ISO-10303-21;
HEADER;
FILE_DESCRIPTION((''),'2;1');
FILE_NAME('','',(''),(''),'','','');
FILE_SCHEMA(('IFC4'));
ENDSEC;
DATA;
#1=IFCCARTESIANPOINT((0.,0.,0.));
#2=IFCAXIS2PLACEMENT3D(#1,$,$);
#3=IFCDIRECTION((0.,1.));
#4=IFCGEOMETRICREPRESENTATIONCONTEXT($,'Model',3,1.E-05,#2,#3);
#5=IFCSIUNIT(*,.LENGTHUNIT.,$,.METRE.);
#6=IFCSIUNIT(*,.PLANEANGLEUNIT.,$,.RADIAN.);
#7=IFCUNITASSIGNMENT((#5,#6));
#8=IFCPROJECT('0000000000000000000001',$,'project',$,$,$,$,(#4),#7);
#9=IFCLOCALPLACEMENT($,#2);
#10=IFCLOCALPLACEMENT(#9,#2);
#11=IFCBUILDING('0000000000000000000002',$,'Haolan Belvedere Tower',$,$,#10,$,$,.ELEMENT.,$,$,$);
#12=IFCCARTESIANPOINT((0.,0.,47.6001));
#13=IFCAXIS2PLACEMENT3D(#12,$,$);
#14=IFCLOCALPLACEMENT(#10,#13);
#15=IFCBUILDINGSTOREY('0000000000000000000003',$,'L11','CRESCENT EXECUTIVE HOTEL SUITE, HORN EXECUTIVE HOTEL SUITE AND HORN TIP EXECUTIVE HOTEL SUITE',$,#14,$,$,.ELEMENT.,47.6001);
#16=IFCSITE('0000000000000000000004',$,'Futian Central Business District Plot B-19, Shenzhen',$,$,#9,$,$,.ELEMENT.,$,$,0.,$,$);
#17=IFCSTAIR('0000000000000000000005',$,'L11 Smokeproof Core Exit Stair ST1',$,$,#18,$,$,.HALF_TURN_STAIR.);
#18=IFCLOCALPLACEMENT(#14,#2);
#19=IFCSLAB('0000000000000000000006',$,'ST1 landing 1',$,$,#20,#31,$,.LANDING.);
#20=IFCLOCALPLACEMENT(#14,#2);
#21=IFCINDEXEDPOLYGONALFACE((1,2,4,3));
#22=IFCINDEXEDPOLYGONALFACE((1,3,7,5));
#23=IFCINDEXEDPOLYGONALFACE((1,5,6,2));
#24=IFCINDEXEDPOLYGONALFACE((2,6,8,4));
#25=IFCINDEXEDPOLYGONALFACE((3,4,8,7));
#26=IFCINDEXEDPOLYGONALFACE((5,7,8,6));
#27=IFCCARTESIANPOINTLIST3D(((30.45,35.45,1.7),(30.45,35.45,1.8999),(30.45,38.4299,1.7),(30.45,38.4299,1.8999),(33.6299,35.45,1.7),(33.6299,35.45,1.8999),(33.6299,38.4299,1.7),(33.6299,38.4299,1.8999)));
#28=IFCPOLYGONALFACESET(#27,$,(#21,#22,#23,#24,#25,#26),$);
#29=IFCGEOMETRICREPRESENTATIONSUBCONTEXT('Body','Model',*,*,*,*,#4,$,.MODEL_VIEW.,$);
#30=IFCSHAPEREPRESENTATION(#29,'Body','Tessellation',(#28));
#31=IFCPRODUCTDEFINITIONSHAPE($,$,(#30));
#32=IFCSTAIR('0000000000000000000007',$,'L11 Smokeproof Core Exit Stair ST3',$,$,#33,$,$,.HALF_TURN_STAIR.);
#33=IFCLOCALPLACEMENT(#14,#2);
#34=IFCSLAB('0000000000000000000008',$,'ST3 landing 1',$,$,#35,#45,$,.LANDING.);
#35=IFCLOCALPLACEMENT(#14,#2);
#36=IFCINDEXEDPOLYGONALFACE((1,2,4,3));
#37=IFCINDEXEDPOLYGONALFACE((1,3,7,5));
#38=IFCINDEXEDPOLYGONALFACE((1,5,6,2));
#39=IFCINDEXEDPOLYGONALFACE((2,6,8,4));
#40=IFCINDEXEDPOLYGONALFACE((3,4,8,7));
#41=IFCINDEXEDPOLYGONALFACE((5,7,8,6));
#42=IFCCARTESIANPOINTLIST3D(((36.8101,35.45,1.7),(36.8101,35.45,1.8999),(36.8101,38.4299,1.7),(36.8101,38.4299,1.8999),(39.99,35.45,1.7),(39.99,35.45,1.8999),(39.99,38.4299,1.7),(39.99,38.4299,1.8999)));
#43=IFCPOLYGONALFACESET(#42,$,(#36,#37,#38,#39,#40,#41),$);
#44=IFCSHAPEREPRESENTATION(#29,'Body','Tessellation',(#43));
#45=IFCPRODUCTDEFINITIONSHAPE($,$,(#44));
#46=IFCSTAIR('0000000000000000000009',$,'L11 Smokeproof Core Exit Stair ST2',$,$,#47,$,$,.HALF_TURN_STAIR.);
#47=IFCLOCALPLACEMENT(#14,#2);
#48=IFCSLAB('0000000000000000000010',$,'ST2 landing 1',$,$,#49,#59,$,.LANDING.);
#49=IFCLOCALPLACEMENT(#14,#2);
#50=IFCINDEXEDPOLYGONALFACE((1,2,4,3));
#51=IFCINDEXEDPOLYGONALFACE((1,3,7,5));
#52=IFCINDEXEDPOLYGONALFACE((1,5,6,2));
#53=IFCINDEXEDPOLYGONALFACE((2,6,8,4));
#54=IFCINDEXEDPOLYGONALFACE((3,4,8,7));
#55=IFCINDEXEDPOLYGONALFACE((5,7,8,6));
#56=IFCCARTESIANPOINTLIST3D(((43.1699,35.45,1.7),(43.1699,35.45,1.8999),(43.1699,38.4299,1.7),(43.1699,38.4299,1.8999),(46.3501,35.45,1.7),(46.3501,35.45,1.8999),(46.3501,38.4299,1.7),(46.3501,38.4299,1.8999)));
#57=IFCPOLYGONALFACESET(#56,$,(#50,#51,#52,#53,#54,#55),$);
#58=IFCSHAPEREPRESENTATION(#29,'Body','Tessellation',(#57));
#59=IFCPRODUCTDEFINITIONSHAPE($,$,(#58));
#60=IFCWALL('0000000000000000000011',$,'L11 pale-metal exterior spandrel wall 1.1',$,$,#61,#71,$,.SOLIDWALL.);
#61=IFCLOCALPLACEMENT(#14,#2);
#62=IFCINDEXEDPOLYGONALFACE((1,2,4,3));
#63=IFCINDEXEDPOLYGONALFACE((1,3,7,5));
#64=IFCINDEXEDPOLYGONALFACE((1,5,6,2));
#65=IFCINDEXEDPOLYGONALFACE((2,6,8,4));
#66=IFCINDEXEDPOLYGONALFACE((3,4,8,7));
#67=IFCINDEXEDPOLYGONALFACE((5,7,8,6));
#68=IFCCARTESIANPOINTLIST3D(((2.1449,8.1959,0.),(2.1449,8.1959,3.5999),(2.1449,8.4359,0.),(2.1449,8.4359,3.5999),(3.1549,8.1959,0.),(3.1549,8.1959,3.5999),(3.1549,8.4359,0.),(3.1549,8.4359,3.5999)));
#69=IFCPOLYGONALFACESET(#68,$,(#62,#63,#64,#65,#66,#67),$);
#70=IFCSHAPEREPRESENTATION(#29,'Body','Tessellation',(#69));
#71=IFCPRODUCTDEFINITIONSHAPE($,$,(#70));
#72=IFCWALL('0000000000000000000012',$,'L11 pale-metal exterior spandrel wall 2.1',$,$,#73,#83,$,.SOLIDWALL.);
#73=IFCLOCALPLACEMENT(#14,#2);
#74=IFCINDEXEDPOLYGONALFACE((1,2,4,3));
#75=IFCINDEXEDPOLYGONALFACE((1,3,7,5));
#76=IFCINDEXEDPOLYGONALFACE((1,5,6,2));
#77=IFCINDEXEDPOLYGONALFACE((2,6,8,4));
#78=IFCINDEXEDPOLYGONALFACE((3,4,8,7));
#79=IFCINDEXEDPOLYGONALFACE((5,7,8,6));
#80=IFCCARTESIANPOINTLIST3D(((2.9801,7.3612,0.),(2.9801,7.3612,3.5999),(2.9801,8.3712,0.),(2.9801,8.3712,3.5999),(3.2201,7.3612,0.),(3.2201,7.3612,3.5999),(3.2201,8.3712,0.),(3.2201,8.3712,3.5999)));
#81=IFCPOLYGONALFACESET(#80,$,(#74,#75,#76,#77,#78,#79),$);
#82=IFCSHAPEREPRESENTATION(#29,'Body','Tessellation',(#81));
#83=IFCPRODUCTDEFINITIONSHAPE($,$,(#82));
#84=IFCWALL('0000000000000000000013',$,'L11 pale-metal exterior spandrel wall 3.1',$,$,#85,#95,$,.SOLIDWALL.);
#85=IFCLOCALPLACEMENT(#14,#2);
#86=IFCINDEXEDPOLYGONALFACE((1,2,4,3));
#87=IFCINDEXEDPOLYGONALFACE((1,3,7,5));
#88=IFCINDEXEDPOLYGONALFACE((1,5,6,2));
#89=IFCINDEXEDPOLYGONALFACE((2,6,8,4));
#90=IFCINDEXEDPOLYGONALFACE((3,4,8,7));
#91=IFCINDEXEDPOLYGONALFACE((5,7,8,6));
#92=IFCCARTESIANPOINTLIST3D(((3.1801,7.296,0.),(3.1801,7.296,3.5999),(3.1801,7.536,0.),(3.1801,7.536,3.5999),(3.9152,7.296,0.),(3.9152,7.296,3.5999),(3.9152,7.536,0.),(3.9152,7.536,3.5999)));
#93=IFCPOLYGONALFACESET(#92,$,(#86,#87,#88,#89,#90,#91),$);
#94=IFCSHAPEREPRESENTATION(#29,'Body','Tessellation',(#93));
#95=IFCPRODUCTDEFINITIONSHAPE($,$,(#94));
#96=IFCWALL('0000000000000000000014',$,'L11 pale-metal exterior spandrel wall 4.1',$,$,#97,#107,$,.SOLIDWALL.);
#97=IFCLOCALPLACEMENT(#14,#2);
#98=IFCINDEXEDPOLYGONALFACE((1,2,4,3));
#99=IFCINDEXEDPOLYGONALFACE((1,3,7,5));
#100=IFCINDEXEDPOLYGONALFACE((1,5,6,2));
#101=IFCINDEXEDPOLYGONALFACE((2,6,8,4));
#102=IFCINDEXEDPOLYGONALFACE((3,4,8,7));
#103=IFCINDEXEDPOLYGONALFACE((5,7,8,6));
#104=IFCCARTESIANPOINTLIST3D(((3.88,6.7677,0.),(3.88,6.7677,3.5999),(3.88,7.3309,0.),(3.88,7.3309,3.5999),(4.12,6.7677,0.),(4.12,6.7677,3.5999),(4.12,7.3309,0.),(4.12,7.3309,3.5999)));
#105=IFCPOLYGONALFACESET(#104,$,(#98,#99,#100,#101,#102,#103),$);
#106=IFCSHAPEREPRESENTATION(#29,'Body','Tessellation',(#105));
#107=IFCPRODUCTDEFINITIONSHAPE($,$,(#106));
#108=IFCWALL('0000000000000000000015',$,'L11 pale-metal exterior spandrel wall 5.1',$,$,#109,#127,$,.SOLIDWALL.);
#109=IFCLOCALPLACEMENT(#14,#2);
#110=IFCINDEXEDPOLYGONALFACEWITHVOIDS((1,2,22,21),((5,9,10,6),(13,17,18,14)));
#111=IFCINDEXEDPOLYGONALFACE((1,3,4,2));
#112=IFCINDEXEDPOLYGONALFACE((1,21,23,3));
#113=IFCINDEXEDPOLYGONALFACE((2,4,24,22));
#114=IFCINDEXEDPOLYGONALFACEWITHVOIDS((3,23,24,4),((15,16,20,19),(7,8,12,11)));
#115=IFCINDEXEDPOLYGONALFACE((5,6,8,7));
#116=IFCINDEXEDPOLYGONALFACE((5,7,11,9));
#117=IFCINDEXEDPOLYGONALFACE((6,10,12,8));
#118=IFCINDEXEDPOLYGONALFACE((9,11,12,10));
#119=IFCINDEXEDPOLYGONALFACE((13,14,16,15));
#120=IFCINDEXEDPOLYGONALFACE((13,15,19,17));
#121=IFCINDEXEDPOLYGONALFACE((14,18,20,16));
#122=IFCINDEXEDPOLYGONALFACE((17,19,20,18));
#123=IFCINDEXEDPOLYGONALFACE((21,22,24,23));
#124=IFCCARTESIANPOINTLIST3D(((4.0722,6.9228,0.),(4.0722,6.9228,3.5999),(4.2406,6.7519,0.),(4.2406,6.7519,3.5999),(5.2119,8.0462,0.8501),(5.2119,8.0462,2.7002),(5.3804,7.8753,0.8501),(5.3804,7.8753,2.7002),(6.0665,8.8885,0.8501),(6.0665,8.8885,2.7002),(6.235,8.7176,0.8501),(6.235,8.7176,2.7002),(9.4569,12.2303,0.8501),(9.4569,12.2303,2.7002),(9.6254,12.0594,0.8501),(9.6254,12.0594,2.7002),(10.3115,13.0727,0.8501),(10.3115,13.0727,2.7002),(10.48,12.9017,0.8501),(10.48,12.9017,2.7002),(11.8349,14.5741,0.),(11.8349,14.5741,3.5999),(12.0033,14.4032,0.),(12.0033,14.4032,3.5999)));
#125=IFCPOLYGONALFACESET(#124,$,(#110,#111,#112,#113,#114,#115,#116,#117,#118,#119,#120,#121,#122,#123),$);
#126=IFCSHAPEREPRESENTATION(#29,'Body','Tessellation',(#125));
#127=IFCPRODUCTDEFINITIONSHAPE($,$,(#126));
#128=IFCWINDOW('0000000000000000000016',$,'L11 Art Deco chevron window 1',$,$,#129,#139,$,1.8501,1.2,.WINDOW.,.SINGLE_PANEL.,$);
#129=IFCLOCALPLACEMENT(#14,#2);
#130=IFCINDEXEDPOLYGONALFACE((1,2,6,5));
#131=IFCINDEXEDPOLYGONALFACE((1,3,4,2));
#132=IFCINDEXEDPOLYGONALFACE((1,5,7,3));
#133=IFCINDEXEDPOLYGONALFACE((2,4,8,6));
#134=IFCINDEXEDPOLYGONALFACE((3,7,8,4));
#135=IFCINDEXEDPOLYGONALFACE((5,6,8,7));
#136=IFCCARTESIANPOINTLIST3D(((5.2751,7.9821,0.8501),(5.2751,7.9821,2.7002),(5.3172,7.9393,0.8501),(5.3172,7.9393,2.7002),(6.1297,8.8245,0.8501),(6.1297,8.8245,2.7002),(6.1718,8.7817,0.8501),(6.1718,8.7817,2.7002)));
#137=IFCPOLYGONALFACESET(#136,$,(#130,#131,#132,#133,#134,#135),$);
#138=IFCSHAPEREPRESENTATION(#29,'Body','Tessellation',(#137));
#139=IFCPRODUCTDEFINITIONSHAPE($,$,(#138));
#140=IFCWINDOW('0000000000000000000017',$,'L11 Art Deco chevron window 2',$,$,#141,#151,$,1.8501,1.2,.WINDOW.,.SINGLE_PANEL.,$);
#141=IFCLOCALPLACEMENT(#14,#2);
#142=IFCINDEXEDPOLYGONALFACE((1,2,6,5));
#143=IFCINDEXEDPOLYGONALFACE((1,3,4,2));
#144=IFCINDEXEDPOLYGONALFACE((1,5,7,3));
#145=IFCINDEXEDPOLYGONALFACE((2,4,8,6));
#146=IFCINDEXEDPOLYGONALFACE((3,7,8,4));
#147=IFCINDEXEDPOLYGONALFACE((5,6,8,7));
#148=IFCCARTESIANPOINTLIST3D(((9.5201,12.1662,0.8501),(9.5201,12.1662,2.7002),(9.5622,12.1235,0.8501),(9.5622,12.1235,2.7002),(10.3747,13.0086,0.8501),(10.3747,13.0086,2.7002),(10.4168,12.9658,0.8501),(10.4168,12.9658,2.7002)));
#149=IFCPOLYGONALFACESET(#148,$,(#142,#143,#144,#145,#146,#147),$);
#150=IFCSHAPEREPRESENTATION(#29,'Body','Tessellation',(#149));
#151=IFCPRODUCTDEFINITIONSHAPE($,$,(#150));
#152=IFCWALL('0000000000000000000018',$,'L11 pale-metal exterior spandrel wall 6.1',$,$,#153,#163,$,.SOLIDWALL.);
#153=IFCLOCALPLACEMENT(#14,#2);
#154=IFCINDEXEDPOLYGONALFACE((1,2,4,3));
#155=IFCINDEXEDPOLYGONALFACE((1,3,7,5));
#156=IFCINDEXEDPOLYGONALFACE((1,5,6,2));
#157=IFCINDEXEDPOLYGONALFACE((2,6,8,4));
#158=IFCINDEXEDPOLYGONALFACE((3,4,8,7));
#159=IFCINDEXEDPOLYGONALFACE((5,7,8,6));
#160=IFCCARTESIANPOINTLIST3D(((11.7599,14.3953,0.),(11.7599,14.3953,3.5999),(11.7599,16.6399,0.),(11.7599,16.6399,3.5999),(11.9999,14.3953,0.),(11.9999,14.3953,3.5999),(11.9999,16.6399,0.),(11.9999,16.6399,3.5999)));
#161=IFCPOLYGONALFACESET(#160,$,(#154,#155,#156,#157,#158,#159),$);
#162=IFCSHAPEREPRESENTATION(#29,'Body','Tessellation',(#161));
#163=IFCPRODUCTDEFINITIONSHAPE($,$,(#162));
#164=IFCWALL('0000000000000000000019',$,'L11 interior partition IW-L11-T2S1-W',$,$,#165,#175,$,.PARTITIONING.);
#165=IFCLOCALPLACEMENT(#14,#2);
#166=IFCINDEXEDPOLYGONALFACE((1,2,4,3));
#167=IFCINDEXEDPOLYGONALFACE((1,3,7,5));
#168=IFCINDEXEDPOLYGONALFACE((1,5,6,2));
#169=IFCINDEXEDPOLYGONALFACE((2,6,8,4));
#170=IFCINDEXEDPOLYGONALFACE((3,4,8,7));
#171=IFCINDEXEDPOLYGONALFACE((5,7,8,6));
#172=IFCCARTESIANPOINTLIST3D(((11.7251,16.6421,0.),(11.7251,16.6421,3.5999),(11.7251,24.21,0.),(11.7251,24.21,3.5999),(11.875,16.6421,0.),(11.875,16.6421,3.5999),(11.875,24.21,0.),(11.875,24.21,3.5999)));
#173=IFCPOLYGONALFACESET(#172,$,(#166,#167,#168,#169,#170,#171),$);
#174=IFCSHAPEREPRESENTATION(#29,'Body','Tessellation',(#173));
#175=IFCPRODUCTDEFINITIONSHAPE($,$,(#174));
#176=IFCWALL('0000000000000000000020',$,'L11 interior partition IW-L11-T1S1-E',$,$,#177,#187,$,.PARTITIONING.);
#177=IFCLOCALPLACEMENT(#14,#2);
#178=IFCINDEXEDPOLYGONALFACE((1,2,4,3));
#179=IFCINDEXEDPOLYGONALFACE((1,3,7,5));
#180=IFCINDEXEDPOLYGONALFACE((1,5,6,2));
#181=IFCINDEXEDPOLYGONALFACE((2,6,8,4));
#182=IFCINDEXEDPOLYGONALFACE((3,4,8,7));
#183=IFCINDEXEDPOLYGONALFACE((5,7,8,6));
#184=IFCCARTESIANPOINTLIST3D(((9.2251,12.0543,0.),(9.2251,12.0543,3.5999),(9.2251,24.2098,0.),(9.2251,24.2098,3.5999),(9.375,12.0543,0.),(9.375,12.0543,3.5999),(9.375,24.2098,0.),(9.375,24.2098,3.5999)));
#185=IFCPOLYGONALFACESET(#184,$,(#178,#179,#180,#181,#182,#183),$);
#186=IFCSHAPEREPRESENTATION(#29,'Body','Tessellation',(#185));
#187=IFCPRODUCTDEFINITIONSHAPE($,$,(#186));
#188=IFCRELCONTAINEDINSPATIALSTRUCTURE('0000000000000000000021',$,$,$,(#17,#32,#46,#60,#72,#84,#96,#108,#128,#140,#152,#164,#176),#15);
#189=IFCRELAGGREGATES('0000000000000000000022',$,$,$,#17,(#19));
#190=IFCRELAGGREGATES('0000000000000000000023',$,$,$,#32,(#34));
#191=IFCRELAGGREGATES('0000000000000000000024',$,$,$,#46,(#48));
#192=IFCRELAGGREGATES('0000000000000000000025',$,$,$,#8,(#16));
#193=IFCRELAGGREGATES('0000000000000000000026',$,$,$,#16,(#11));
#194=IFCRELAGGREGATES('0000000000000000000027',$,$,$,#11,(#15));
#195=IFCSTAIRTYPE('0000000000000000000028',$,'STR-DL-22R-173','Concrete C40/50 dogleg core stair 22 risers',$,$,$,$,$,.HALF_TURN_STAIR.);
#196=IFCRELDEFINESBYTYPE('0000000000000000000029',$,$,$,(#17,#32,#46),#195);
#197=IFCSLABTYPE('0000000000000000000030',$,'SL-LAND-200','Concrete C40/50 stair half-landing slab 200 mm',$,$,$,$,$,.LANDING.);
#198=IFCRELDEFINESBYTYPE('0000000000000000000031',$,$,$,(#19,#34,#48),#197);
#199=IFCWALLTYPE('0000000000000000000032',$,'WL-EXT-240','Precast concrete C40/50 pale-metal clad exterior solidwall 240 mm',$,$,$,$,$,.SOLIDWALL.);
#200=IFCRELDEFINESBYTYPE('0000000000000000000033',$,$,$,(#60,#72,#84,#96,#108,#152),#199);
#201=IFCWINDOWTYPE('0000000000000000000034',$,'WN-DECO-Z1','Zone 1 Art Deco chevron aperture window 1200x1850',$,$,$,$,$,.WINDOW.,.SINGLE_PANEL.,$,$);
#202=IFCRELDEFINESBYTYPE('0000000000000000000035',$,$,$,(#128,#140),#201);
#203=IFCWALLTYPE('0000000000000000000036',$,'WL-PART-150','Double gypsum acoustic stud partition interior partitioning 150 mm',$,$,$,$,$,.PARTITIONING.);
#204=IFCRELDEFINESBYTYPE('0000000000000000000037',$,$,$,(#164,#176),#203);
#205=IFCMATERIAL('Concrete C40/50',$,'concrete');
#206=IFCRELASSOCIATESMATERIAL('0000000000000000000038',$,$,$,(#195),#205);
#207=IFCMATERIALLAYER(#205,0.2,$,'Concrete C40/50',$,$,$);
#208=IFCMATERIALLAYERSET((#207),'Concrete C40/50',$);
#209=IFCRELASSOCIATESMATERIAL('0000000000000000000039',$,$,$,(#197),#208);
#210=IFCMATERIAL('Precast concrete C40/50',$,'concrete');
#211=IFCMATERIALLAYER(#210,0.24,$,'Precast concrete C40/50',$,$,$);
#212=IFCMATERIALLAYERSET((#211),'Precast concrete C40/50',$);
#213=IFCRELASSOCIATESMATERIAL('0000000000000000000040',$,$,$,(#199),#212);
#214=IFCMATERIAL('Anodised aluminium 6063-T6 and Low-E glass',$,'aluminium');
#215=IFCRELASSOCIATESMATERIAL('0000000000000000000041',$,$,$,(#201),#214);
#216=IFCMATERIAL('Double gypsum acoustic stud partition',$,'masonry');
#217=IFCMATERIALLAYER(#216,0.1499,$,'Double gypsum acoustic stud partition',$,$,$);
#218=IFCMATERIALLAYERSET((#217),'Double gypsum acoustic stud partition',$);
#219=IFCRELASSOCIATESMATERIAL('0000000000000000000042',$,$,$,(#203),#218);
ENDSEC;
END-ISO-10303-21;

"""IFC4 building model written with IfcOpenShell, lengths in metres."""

from ifc_helpers import new_model, si_unit, direction, frame, frame_2d, origin, place, context, subcontext, project, spatial, polyline, rectangle, outline, extrude, material, layer, layer_set, type_object, element, fill, aggregate, save


model = new_model("IFC4")

# Units and contexts
model_context = context("Model", 3, precision=1e-05, world=origin(), true_north=direction((0.0, 1.0)))
body_context = subcontext(model_context, "Body", "Model", "MODEL_VIEW")
ifc_project = project(units=[si_unit("LENGTHUNIT", "METRE"), si_unit("PLANEANGLEUNIT", "RADIAN")], contexts=[model_context])

# Site, building, storey
site_placement = place(None, origin())
site = spatial("IfcSite", under=ifc_project, at=site_placement, Name="Futian Central Business District Plot B-19, Shenzhen", CompositionType="ELEMENT", RefElevation=0.0)
building_placement = place(site_placement, origin())
building = spatial("IfcBuilding", under=site, at=building_placement, Name="Haolan Belvedere Tower", CompositionType="ELEMENT")
storey_placement = place(building_placement, frame((0.0, 0.0, 47.6001)))
storey = spatial("IfcBuildingStorey", under=building, at=storey_placement, Name="L11", Description="CRESCENT EXECUTIVE HOTEL SUITE, HORN EXECUTIVE HOTEL SUITE AND HORN TIP EXECUTIVE HOTEL SUITE", CompositionType="ELEMENT", Elevation=47.6001)

# Shared definitions
ifc_material_1 = material(Name="Concrete C40/50", Category="concrete")

# Stairs, slabs
stair_type = type_object("IfcStairType", Name="STR-DL-22R-173", Description="Concrete C40/50 dogleg core stair 22 risers", PredefinedType="HALF_TURN_STAIR", material=ifc_material_1)
stair_1_placement = place(storey_placement, origin())
stair_1 = element("IfcStair", 1, at=stair_1_placement, inside=storey, type_object=stair_type, Name="L11 Smokeproof Core Exit Stair ST1", PredefinedType="HALF_TURN_STAIR")
ifc_layer_1 = layer(ifc_material_1, 0.2, Name="Concrete C40/50")
ifc_layer_set_1 = layer_set([ifc_layer_1], Name="Concrete C40/50")
slab_type_1 = type_object("IfcSlabType", Name="SL-LAND-200", Description="Concrete C40/50 stair half-landing slab 200 mm", PredefinedType="LANDING", material=ifc_layer_set_1)
slab_1_placement = place(storey_placement, frame((0.0, 0.0, 1.7)))
slab_1 = element("IfcSlab", 2, at=slab_1_placement, type_object=slab_type_1, Name="ST1 landing 1", PredefinedType="LANDING", context=body_context, shape_type="SweptSolid", body=[
    extrude(outline(polyline([(30.45, 38.4299), (30.45, 35.45), (33.6299, 35.45), (33.6299, 38.4299), (30.45, 38.4299)])), origin(), (0.0, 0.0, 1.0), 0.2),
])
aggregate(stair_1, [slab_1])
stair_2_placement = place(storey_placement, origin())
stair_2 = element("IfcStair", 3, at=stair_2_placement, inside=storey, type_object=stair_type, Name="L11 Smokeproof Core Exit Stair ST3", PredefinedType="HALF_TURN_STAIR")
slab_2_placement = place(storey_placement, frame((0.0, 0.0, 1.7)))
slab_2 = element("IfcSlab", 4, at=slab_2_placement, type_object=slab_type_1, Name="ST3 landing 1", PredefinedType="LANDING", context=body_context, shape_type="SweptSolid", body=[
    extrude(outline(polyline([(36.8101, 38.4299), (36.8101, 35.45), (39.99, 35.45), (39.99, 38.4299), (36.8101, 38.4299)])), origin(), (0.0, 0.0, 1.0), 0.2),
])
aggregate(stair_2, [slab_2])
stair_3_placement = place(storey_placement, origin())
stair_3 = element("IfcStair", 5, at=stair_3_placement, inside=storey, type_object=stair_type, Name="L11 Smokeproof Core Exit Stair ST2", PredefinedType="HALF_TURN_STAIR")
slab_3_placement = place(storey_placement, frame((0.0, 0.0, 1.7)))
slab_3 = element("IfcSlab", 6, at=slab_3_placement, type_object=slab_type_1, Name="ST2 landing 1", PredefinedType="LANDING", context=body_context, shape_type="SweptSolid", body=[
    extrude(outline(polyline([(43.1699, 38.4299), (43.1699, 35.45), (46.3501, 35.45), (46.3501, 38.4299), (43.1699, 38.4299)])), origin(), (0.0, 0.0, 1.0), 0.2),
])
aggregate(stair_3, [slab_3])

# Walls
ifc_material_2 = material(Name="Precast concrete C40/50", Category="concrete")
ifc_layer_2 = layer(ifc_material_2, 0.24, Name="Precast concrete C40/50")
ifc_layer_set_2 = layer_set([ifc_layer_2], Name="Precast concrete C40/50")
wall_type_1 = type_object("IfcWallType", Name="WL-EXT-240", Description="Precast concrete C40/50 pale-metal clad exterior solidwall 240 mm", PredefinedType="SOLIDWALL", material=ifc_layer_set_2)
for number, where, z_axis, x_axis, name in (
    (7, (2.145, 8.3159, 0.0), (0.0, 0.0, 1.0), (1.0, 0.0, 0.0), "L11 pale-metal exterior spandrel wall 1.1"),
    (8, (3.1001, 8.3711, 0.0), (0.0, 0.0, 1.0), (0.0, -1.0, 0.0), "L11 pale-metal exterior spandrel wall 2.1"),
):
    element("IfcWall", number, at=place(storey_placement, frame(where, z_axis=z_axis, x_axis=x_axis)), inside=storey, type_object=wall_type_1, Name=name, PredefinedType="SOLIDWALL", context=body_context, shape_type="SweptSolid", body=[
        extrude(rectangle(XDim=1.01, YDim=0.24, at=frame_2d((0.5049, 0.0))), origin(), (0.0, 0.0, 1.0), 3.5999),
    ])
wall_1_placement = place(storey_placement, frame((3.1799, 7.416, 0.0), z_axis=(0.0, 0.0, 1.0), x_axis=(1.0, 0.0, 0.0)))
element("IfcWall", 9, at=wall_1_placement, inside=storey, type_object=wall_type_1, Name="L11 pale-metal exterior spandrel wall 3.1", PredefinedType="SOLIDWALL", context=body_context, shape_type="SweptSolid", body=[
    extrude(rectangle(XDim=0.7351, YDim=0.24, at=frame_2d((0.3677, 0.0))), origin(), (0.0, 0.0, 1.0), 3.5999),
])
wall_2_placement = place(storey_placement, frame((4.0, 7.3311, 0.0), z_axis=(0.0, 0.0, 1.0), x_axis=(0.0, -1.0, 0.0)))
element("IfcWall", 10, at=wall_2_placement, inside=storey, type_object=wall_type_1, Name="L11 pale-metal exterior spandrel wall 4.1", PredefinedType="SOLIDWALL", context=body_context, shape_type="SweptSolid", body=[
    extrude(rectangle(XDim=0.5632, YDim=0.24, at=frame_2d((0.2817, 0.0))), origin(), (0.0, 0.0, 1.0), 3.5999),
])

# Wall, openings, windows
wall_3_placement = place(storey_placement, frame((4.1565, 6.8374, 0.0), z_axis=(0.0, 0.0, 1.0), x_axis=(0.712195, 0.701981, 0.0)))
wall_3 = element("IfcWall", 11, at=wall_3_placement, inside=storey, type_object=wall_type_1, Name="L11 pale-metal exterior spandrel wall 5.1", PredefinedType="SOLIDWALL", context=body_context, shape_type="SweptSolid", body=[
    extrude(rectangle(XDim=10.8997, YDim=0.24, at=frame_2d((5.4497, 0.0))), origin(), (0.0, 0.0, 1.0), 3.5999),
])
opening_1_placement = place(wall_3_placement, frame((1.6001, 0.0, 0.8501)))
opening_1 = element("IfcOpeningElement", 12, at=opening_1_placement, cuts=wall_3, PredefinedType="OPENING", context=body_context, shape_type="SweptSolid", body=[
    extrude(rectangle(XDim=1.2, YDim=1.8501, at=frame_2d((0.6001, 0.925))), frame((0.0, 0.1299, 0.0), z_axis=(0.0, -1.0, 0.0), x_axis=(1.0, 0.0, 0.0)), (0.0, 0.0, 1.0), 0.26),
])
opening_2_placement = place(wall_3_placement, frame((7.5605, 0.0, 0.8501)))
opening_2 = element("IfcOpeningElement", 13, at=opening_2_placement, cuts=wall_3, PredefinedType="OPENING", context=body_context, shape_type="SweptSolid", body=[
    extrude(rectangle(XDim=1.2, YDim=1.8501, at=frame_2d((0.6001, 0.925))), frame((0.0, 0.1299, 0.0), z_axis=(0.0, -1.0, 0.0), x_axis=(1.0, 0.0, 0.0)), (0.0, 0.0, 1.0), 0.26),
])
ifc_material_3 = material(Name="Anodised aluminium 6063-T6 and Low-E glass", Category="aluminium")
window_type = type_object("IfcWindowType", Name="WN-DECO-Z1", Description="Zone 1 Art Deco chevron aperture window 1200x1850", PartitioningType="SINGLE_PANEL", PredefinedType="WINDOW", material=ifc_material_3)
window_1_placement = place(opening_1_placement, origin())
window_1 = element("IfcWindow", 14, at=window_1_placement, inside=storey, type_object=window_type, Name="L11 Art Deco chevron window 1", OverallHeight=1.8501, OverallWidth=1.2, PartitioningType="SINGLE_PANEL", PredefinedType="WINDOW", context=body_context, shape_type="SweptSolid", body=[
    extrude(rectangle(XDim=1.2, YDim=1.8501, at=frame_2d((0.6001, 0.925))), frame((0.0, 0.03, 0.0), z_axis=(0.0, -1.0, 0.0), x_axis=(1.0, 0.0, 0.0)), (0.0, 0.0, 1.0), 0.0601),
])
fill(opening_1, window_1)
window_2_placement = place(opening_2_placement, origin())
window_2 = element("IfcWindow", 15, at=window_2_placement, inside=storey, type_object=window_type, Name="L11 Art Deco chevron window 2", OverallHeight=1.8501, OverallWidth=1.2, PartitioningType="SINGLE_PANEL", PredefinedType="WINDOW", context=body_context, shape_type="SweptSolid", body=[
    extrude(rectangle(XDim=1.2, YDim=1.8501, at=frame_2d((0.6001, 0.925))), frame((0.0, 0.03, 0.0), z_axis=(0.0, -1.0, 0.0), x_axis=(1.0, 0.0, 0.0)), (0.0, 0.0, 1.0), 0.0601),
])
fill(opening_2, window_2)

# Walls
wall_4_placement = place(storey_placement, frame((11.8799, 14.3953, 0.0), z_axis=(0.0, 0.0, 1.0), x_axis=(0.0, 1.0, 0.0)))
element("IfcWall", 16, at=wall_4_placement, inside=storey, type_object=wall_type_1, Name="L11 pale-metal exterior spandrel wall 6.1", PredefinedType="SOLIDWALL", context=body_context, shape_type="SweptSolid", body=[
    extrude(rectangle(XDim=2.2446, YDim=0.24, at=frame_2d((1.1223, 0.0))), origin(), (0.0, 0.0, 1.0), 3.5999),
])
ifc_material_4 = material(Name="Double gypsum acoustic stud partition", Category="masonry")
ifc_layer_3 = layer(ifc_material_4, 0.1499, Name="Double gypsum acoustic stud partition")
ifc_layer_set_3 = layer_set([ifc_layer_3], Name="Double gypsum acoustic stud partition")
wall_type_2 = type_object("IfcWallType", Name="WL-PART-150", Description="Double gypsum acoustic stud partition interior partitioning 150 mm", PredefinedType="PARTITIONING", material=ifc_layer_set_3)
wall_5_placement = place(storey_placement, frame((11.8, 16.6421, 0.0), z_axis=(0.0, 0.0, 1.0), x_axis=(0.0, 1.0, 0.0)))
element("IfcWall", 17, at=wall_5_placement, inside=storey, type_object=wall_type_2, Name="L11 interior partition IW-L11-T2S1-W", PredefinedType="PARTITIONING", context=body_context, shape_type="SweptSolid", body=[
    extrude(rectangle(XDim=7.5679, YDim=0.1499, at=frame_2d((3.7839, 0.0))), origin(), (0.0, 0.0, 1.0), 3.5999),
])
wall_6_placement = place(storey_placement, frame((9.3, 12.0544, 0.0), z_axis=(0.0, 0.0, 1.0), x_axis=(0.0, 1.0, 0.0)))
element("IfcWall", 18, at=wall_6_placement, inside=storey, type_object=wall_type_2, Name="L11 interior partition IW-L11-T1S1-E", PredefinedType="PARTITIONING", context=body_context, shape_type="SweptSolid", body=[
    extrude(rectangle(XDim=12.1555, YDim=0.1499, at=frame_2d((6.0776, 0.0))), origin(), (0.0, 0.0, 1.0), 3.5999),
])

save(model, "model.ifc")
